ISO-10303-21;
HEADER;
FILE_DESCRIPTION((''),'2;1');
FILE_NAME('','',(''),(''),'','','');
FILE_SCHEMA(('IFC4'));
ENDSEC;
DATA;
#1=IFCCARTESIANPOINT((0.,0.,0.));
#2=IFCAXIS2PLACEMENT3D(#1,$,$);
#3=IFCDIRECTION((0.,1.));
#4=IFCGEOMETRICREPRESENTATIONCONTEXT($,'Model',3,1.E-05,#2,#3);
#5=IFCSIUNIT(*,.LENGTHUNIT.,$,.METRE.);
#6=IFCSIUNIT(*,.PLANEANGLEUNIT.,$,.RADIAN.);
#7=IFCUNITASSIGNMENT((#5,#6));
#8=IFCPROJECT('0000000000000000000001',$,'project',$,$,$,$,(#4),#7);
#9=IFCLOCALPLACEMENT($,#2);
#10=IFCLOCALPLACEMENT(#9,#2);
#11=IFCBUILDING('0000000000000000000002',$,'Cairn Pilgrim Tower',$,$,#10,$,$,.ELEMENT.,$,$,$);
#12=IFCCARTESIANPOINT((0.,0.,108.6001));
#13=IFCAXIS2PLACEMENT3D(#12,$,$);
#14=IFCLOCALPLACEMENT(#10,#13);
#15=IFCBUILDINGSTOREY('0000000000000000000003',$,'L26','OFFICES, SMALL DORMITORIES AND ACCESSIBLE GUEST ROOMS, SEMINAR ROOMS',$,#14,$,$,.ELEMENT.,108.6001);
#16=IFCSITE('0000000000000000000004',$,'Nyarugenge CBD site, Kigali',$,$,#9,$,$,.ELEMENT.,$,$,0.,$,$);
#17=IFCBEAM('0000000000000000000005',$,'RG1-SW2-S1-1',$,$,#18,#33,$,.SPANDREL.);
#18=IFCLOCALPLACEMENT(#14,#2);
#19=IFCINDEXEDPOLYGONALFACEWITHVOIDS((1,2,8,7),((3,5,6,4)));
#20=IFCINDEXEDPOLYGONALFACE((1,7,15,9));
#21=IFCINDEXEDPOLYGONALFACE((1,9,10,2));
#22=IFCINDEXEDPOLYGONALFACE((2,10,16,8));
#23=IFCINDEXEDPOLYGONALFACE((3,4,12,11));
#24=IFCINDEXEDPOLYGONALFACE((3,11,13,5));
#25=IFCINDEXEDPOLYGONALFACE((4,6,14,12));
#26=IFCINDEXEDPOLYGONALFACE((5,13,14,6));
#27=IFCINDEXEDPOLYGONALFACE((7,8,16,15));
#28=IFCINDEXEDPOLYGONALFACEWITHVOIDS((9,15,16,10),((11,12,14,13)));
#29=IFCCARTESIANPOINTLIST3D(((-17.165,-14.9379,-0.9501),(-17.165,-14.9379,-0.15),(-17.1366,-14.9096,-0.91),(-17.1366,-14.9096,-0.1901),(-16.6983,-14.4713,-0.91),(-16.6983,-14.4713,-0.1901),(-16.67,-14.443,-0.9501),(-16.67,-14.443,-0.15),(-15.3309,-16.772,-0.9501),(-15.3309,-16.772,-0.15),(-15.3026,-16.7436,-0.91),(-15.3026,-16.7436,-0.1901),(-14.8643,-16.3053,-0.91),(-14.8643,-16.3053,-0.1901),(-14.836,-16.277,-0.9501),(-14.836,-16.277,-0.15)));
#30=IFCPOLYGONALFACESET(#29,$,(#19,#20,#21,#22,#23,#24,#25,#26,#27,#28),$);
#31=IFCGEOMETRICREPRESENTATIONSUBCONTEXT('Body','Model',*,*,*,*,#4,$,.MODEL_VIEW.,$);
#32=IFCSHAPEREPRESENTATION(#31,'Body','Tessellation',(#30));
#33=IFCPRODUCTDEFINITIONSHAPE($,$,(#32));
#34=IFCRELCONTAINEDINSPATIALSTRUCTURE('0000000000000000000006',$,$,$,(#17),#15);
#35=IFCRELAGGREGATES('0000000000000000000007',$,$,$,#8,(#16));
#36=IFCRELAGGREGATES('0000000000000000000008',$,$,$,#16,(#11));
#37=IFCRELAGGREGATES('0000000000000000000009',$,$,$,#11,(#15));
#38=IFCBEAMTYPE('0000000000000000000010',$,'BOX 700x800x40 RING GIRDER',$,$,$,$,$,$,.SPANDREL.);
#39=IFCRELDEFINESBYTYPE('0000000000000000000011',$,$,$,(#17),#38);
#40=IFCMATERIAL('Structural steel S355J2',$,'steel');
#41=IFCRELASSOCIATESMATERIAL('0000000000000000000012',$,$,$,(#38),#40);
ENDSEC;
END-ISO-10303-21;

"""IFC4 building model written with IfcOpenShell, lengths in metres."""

from ifc_helpers import new_model, si_unit, direction, frame, origin, origin_2d, place, context, subcontext, project, spatial, hollow_rectangle, extrude, material, material_profile, profile_set, type_object, element, save


model = new_model("IFC4")

# Units and contexts
model_context = context("Model", 3, precision=1e-05, world=origin(), true_north=direction((0.0, 1.0)))
body_context = subcontext(model_context, "Body", "Model", "MODEL_VIEW")
ifc_project = project(units=[si_unit("LENGTHUNIT", "METRE"), si_unit("PLANEANGLEUNIT", "RADIAN")], contexts=[model_context])

# Site, building, storey
site_placement = place(None, origin())
site = spatial("IfcSite", under=ifc_project, at=site_placement, Name="Nyarugenge CBD site, Kigali", CompositionType="ELEMENT", RefElevation=0.0)
building_placement = place(site_placement, origin())
building = spatial("IfcBuilding", under=site, at=building_placement, Name="Cairn Pilgrim Tower", CompositionType="ELEMENT")
storey_placement = place(building_placement, frame((0.0, 0.0, 108.6001)))
storey = spatial("IfcBuildingStorey", under=building, at=storey_placement, Name="L26", Description="OFFICES, SMALL DORMITORIES AND ACCESSIBLE GUEST ROOMS, SEMINAR ROOMS", CompositionType="ELEMENT", Elevation=108.6001)

# Beam
ifc_material_1 = material(Name="Structural steel S355J2", Category="steel")
ifc_material_profile = material_profile(ifc_material_1, hollow_rectangle(XDim=0.7, YDim=0.8, WallThickness=0.04, at=origin_2d()), Name="BOX 700x800x40")
ifc_profile_set = profile_set([ifc_material_profile], Name="Structural steel S355J2")
beam_type = type_object("IfcBeamType", Name="BOX 700x800x40 RING GIRDER", PredefinedType="SPANDREL", material=ifc_profile_set)
beam_placement = place(storey_placement, frame((-16.9175, -14.6904, -0.55), z_axis=(0.707107, -0.707107, 0.0), x_axis=(0.707107, 0.707107, 0.0)))
element("IfcBeam", 1, at=beam_placement, inside=storey, type_object=beam_type, Name="RG1-SW2-S1-1", PredefinedType="SPANDREL", context=body_context, shape_type="SweptSolid", body=[
    extrude(hollow_rectangle(XDim=0.7, YDim=0.8, WallThickness=0.04, at=origin_2d()), origin(), (0.0, 0.0, 1.0), 2.5938),
])

save(model, "model.ifc")
